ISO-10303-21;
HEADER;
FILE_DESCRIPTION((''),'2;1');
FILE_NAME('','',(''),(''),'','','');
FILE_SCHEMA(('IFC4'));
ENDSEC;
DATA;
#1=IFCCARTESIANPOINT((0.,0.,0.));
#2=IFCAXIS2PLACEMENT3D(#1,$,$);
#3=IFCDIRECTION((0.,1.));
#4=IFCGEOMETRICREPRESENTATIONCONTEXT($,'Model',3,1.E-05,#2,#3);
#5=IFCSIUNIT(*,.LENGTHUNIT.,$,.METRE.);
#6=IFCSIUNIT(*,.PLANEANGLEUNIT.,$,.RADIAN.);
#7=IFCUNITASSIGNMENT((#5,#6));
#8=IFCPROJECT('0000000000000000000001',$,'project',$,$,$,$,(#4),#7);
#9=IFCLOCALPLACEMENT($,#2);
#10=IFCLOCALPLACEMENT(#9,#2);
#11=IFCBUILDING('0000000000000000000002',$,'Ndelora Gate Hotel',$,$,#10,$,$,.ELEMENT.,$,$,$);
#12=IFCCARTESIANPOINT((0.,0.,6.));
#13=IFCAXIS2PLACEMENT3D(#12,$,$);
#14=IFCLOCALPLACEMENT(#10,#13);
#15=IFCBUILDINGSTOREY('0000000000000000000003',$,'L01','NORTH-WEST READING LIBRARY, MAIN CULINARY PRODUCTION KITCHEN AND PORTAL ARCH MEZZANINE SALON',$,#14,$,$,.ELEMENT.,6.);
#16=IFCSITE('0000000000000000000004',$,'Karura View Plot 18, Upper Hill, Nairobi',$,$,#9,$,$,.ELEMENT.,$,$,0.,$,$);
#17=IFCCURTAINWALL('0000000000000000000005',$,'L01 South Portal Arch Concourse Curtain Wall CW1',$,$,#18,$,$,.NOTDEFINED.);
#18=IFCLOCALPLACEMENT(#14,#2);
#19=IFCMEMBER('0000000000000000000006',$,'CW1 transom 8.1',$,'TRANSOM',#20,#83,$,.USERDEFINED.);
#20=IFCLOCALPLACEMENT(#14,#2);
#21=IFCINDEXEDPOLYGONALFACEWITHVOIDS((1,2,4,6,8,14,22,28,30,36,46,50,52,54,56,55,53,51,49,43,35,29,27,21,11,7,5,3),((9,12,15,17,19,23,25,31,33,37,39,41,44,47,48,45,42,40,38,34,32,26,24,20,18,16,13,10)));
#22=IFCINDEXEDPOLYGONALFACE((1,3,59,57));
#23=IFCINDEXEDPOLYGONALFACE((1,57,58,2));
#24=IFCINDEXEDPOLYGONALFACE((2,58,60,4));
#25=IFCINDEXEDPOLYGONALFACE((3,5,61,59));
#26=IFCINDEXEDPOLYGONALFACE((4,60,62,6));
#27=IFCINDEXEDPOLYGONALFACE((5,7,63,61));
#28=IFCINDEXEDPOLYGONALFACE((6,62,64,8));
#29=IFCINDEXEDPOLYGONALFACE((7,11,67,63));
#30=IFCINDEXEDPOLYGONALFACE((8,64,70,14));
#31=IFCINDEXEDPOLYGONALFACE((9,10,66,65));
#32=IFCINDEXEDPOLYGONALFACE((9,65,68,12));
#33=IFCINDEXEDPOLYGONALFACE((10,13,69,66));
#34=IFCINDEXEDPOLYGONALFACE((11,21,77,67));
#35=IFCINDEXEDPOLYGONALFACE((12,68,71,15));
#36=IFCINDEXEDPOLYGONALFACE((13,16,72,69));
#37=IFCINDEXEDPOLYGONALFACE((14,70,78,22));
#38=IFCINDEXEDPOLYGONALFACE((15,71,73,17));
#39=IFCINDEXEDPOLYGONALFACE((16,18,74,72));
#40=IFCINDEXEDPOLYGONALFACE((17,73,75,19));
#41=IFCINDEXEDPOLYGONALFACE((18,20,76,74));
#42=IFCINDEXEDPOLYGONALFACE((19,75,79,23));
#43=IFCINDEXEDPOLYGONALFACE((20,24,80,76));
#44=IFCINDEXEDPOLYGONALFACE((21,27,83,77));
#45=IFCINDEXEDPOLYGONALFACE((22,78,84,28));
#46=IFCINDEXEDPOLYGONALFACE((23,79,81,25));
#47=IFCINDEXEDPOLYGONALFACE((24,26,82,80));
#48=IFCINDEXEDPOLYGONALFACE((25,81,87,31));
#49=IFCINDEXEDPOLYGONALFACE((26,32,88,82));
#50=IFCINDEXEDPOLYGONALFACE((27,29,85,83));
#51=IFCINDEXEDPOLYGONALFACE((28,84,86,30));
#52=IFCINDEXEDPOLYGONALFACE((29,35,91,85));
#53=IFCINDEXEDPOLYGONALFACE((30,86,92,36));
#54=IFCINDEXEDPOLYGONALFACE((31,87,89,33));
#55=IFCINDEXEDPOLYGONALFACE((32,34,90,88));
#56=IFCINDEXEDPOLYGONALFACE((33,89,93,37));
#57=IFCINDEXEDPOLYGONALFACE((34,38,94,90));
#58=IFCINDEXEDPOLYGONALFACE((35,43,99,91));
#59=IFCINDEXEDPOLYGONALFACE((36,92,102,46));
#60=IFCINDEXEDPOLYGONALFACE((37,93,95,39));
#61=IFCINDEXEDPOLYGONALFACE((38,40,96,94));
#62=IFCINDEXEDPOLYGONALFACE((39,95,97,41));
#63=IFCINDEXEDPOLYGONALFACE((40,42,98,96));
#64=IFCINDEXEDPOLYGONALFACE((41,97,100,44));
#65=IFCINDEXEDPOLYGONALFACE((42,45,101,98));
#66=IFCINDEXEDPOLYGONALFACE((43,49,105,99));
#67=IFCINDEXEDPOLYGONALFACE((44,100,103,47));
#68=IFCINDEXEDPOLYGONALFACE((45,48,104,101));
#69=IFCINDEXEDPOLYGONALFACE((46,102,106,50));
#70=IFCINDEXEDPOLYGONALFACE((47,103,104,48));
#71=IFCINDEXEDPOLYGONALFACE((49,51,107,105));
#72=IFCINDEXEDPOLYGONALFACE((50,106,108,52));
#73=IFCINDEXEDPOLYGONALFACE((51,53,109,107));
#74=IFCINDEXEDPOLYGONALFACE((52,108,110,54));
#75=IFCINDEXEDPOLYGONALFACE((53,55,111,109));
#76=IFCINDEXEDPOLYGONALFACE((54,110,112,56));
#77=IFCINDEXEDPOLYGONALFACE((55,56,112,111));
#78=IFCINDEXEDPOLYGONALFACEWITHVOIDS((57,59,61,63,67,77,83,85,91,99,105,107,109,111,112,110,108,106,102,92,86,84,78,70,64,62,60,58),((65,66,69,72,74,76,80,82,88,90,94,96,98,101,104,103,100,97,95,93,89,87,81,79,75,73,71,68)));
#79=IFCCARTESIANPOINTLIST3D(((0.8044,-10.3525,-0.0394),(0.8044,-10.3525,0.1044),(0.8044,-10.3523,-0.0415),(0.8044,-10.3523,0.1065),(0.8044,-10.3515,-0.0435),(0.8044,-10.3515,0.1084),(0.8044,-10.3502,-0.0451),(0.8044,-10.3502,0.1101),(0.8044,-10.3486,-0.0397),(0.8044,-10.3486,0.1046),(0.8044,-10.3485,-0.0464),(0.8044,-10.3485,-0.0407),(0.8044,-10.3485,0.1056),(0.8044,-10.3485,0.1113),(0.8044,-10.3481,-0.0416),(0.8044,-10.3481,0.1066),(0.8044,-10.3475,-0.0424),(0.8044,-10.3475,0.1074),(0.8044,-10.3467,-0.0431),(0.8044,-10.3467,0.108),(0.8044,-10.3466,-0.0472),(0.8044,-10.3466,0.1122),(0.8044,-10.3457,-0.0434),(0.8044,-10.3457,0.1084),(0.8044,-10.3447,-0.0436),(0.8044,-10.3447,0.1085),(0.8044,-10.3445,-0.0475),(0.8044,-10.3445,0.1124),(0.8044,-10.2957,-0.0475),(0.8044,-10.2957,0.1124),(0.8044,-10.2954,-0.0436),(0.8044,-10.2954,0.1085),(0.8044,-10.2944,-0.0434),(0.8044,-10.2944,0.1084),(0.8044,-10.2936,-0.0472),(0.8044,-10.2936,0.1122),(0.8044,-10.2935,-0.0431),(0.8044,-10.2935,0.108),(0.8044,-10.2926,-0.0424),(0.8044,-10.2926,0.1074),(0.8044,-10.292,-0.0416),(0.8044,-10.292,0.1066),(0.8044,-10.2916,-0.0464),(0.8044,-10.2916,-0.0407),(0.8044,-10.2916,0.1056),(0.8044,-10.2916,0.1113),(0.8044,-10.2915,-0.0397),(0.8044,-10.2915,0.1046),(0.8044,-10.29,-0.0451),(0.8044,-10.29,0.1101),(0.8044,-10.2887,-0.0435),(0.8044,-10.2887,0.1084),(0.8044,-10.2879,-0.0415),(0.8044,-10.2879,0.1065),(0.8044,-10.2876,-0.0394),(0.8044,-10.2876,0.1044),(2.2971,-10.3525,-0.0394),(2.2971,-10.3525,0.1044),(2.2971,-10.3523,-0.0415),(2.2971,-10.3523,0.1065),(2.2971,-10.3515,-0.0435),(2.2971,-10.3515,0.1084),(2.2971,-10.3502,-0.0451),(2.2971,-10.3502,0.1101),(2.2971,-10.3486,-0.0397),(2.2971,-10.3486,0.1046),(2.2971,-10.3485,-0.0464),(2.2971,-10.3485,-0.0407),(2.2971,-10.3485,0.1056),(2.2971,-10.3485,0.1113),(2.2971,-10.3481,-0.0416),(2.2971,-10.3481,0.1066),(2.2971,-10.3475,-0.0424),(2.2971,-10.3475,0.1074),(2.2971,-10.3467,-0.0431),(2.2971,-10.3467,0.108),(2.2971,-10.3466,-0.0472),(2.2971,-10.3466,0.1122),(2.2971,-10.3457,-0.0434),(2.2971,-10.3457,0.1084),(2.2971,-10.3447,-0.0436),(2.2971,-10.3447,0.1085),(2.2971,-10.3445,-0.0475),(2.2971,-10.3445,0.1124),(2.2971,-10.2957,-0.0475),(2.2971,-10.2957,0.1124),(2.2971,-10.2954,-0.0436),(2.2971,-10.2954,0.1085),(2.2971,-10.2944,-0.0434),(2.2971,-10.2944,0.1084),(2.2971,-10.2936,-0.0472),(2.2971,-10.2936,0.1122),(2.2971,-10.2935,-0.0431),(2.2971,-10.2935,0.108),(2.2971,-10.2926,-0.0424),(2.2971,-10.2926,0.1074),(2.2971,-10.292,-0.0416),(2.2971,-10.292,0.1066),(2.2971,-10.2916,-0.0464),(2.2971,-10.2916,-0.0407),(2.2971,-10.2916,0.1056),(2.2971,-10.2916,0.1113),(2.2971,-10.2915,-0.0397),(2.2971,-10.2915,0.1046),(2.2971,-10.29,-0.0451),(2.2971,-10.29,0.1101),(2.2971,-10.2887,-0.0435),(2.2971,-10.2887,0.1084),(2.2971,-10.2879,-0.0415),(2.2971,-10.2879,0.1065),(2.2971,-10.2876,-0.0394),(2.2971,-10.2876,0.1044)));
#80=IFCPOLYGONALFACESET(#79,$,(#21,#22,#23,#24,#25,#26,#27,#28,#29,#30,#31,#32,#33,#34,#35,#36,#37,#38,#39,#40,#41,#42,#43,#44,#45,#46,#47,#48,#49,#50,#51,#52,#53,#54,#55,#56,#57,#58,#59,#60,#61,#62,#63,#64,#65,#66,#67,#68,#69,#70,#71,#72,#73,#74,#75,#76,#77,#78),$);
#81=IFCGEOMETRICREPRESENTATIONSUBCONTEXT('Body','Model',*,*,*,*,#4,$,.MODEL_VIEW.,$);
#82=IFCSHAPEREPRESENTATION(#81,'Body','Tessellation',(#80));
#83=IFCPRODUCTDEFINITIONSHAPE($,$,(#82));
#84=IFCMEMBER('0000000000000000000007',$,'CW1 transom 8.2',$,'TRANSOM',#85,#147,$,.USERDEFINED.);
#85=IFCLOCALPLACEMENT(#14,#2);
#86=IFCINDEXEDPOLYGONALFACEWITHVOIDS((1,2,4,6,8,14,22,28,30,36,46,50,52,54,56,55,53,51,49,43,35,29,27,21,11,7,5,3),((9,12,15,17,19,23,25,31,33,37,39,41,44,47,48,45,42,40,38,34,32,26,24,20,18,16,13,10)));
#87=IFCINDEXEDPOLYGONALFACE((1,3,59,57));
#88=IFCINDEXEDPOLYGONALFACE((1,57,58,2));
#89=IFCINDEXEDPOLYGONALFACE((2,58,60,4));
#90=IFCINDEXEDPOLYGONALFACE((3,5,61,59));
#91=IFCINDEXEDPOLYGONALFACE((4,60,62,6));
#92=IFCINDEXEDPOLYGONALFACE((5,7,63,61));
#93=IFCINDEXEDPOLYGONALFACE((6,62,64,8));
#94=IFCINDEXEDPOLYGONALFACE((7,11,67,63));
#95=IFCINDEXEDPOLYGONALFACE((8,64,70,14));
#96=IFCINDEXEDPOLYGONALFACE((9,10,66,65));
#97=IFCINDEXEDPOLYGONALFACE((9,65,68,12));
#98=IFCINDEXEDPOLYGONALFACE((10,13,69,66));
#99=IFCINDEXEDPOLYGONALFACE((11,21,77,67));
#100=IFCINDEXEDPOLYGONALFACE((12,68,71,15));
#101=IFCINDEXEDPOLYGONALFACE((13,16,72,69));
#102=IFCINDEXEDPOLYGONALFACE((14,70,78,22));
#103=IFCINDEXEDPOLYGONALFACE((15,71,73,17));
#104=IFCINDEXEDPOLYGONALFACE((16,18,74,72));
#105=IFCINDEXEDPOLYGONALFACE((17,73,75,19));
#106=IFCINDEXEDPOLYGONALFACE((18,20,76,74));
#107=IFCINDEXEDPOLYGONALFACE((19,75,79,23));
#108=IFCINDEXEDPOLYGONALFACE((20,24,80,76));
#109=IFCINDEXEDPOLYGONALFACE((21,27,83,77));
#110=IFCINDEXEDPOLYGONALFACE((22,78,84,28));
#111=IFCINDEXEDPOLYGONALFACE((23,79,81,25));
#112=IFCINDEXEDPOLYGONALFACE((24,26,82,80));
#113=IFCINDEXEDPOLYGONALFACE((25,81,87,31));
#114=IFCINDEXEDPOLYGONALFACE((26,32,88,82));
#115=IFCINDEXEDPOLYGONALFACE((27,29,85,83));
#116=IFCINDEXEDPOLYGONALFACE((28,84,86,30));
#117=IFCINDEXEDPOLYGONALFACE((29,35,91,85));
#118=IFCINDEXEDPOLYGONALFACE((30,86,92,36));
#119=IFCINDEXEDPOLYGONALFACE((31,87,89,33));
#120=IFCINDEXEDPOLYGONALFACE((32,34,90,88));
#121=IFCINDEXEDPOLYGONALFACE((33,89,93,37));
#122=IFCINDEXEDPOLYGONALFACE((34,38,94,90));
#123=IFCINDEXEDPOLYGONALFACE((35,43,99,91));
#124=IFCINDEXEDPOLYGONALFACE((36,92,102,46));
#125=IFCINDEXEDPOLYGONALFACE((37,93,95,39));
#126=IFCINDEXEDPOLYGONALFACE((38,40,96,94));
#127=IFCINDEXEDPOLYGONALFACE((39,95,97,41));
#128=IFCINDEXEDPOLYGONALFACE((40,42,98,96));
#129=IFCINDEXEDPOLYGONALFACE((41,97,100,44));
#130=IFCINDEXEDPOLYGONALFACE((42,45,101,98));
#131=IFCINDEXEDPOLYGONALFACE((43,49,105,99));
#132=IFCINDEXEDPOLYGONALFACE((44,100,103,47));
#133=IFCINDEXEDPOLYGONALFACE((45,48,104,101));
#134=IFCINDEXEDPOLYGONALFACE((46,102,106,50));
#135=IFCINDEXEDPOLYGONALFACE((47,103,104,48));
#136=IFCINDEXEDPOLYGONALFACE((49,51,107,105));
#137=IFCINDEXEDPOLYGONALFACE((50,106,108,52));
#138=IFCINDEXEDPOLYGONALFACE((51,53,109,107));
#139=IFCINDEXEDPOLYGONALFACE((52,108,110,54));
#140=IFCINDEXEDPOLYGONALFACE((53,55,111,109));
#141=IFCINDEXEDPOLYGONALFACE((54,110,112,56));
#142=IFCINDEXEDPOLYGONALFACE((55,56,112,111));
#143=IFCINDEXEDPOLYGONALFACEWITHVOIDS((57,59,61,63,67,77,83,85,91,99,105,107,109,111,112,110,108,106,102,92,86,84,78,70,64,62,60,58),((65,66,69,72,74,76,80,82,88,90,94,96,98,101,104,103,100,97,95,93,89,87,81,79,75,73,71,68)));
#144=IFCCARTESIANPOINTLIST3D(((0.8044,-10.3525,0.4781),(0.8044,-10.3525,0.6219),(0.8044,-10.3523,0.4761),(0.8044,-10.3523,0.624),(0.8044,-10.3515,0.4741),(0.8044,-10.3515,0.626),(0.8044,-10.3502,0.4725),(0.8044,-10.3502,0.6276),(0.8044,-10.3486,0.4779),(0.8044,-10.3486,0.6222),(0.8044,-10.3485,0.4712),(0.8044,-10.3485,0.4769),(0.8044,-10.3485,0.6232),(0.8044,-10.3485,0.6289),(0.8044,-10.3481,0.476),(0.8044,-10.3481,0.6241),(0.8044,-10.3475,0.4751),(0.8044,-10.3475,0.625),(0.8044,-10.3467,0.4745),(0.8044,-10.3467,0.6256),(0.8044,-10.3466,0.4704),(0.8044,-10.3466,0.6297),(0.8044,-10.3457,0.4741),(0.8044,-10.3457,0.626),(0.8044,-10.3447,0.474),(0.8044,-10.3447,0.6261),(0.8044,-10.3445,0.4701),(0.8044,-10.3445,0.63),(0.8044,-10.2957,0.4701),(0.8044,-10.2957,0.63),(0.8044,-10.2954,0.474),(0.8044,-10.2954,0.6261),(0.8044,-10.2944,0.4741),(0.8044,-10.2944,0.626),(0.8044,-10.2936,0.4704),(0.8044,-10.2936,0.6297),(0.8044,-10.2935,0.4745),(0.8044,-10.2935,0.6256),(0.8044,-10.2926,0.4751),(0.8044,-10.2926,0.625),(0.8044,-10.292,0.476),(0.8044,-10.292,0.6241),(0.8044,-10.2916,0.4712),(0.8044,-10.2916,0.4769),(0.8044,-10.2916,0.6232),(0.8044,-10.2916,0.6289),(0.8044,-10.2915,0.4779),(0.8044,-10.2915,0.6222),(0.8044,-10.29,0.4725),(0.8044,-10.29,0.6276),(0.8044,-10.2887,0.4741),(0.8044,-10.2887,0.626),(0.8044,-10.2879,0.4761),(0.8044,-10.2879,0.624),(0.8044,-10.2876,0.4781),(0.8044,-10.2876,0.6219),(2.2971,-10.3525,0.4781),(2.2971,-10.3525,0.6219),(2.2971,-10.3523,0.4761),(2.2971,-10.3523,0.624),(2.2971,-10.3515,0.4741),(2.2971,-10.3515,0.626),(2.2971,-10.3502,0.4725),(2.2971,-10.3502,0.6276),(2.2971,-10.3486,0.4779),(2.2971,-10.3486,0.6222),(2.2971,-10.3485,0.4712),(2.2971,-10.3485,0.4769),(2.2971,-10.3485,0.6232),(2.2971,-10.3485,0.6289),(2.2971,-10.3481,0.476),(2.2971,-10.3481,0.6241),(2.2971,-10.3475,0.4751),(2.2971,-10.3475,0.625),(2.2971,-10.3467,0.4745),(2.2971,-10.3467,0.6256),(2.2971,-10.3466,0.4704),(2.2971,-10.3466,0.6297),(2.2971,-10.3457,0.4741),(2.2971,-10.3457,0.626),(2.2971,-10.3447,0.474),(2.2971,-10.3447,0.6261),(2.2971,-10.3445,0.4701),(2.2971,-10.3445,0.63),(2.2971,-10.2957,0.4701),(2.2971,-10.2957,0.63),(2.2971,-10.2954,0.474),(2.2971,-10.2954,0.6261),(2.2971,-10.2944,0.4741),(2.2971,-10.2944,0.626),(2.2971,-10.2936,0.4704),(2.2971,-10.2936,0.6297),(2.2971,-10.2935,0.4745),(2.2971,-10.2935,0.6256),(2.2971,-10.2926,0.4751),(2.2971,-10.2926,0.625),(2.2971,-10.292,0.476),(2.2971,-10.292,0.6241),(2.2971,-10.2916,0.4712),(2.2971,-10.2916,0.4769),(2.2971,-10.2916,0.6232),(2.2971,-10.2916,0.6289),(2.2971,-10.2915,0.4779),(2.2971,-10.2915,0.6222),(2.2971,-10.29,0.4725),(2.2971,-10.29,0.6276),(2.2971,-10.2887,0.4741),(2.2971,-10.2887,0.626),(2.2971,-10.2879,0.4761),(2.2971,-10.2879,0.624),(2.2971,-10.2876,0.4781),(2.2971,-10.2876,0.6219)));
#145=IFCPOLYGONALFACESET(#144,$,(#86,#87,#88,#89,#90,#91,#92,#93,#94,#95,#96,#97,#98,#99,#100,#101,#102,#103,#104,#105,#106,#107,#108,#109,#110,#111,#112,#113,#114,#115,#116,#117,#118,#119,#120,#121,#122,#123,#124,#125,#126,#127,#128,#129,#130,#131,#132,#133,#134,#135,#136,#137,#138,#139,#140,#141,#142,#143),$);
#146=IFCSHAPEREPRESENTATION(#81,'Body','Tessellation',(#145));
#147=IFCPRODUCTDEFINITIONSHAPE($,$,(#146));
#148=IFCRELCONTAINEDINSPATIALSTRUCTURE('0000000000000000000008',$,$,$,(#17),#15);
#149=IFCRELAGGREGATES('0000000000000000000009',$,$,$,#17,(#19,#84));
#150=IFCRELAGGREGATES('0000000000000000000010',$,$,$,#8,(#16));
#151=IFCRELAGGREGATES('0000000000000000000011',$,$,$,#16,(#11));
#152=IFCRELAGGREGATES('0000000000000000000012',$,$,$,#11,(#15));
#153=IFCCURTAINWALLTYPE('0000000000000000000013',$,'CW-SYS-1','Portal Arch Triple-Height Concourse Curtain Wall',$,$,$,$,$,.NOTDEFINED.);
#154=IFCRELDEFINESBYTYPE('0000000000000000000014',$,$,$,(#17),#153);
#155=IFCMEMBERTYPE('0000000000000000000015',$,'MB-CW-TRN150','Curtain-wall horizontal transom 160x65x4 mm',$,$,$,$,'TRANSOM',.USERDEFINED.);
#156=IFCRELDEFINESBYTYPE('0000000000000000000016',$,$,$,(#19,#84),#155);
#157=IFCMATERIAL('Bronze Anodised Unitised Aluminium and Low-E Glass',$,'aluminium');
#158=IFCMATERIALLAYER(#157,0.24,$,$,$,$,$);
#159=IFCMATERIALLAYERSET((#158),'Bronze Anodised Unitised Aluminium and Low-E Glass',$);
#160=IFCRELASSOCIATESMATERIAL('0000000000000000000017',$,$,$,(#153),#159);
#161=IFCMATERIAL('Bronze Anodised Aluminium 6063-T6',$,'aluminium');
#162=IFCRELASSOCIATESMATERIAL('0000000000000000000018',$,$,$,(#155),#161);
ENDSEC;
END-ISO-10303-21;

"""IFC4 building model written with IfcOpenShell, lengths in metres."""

from ifc_helpers import new_model, si_unit, direction, frame, origin, origin_2d, place, context, subcontext, project, spatial, hollow_rectangle, extrude, material, layer, layer_set, material_profile, profile_set, type_object, element, aggregate, save


model = new_model("IFC4")

# Units and contexts
model_context = context("Model", 3, precision=1e-05, world=origin(), true_north=direction((0.0, 1.0)))
body_context = subcontext(model_context, "Body", "Model", "MODEL_VIEW")
ifc_project = project(units=[si_unit("LENGTHUNIT", "METRE"), si_unit("PLANEANGLEUNIT", "RADIAN")], contexts=[model_context])

# Site, building, storey
site_placement = place(None, origin())
site = spatial("IfcSite", under=ifc_project, at=site_placement, Name="Karura View Plot 18, Upper Hill, Nairobi", CompositionType="ELEMENT", RefElevation=0.0)
building_placement = place(site_placement, origin())
building = spatial("IfcBuilding", under=site, at=building_placement, Name="Ndelora Gate Hotel", CompositionType="ELEMENT")
storey_placement = place(building_placement, frame((0.0, 0.0, 6.0)))
storey = spatial("IfcBuildingStorey", under=building, at=storey_placement, Name="L01", Description="NORTH-WEST READING LIBRARY, MAIN CULINARY PRODUCTION KITCHEN AND PORTAL ARCH MEZZANINE SALON", CompositionType="ELEMENT", Elevation=6.0)

# Curtain wall, members
ifc_material_1 = material(Name="Bronze Anodised Unitised Aluminium and Low-E Glass", Category="aluminium")
ifc_layer_1 = layer(ifc_material_1, 0.24)
ifc_layer_set_1 = layer_set([ifc_layer_1], Name="Bronze Anodised Unitised Aluminium and Low-E Glass")
curtain_wall_type = type_object("IfcCurtainWallType", Name="CW-SYS-1", Description="Portal Arch Triple-Height Concourse Curtain Wall", PredefinedType="NOTDEFINED", material=ifc_layer_set_1)
curtain_wall_placement = place(storey_placement, origin())
curtain_wall = element("IfcCurtainWall", 1, at=curtain_wall_placement, inside=storey, type_object=curtain_wall_type, Name="L01 South Portal Arch Concourse Curtain Wall CW1", PredefinedType="NOTDEFINED")
ifc_material_2 = material(Name="Bronze Anodised Aluminium 6063-T6", Category="aluminium")
ifc_material_profile_1 = material_profile(ifc_material_2, hollow_rectangle(XDim=0.0649, YDim=0.1599, WallThickness=0.0039, InnerFilletRadius=0.0039, OuterFilletRadius=0.0081, at=origin_2d()), Name="ALU 160x65x4")
ifc_profile_set_1 = profile_set([ifc_material_profile_1], Name="Bronze Anodised Aluminium 6063-T6")
member_type_1 = type_object("IfcMemberType", Name="MB-CW-TRN150", Description="Curtain-wall horizontal transom 160x65x4 mm", ElementType="TRANSOM", PredefinedType="USERDEFINED", material=ifc_profile_set_1)
member_1_placement = place(storey_placement, frame((0.8044, -10.3201, 0.0325), z_axis=(1.0, 0.0, 0.0), x_axis=(0.0, 1.0, 0.0)))
member_1 = element("IfcMember", 2, at=member_1_placement, type_object=member_type_1, Name="CW1 transom 8.1", ObjectType="TRANSOM", PredefinedType="USERDEFINED", context=body_context, shape_type="SweptSolid", body=[
    extrude(hollow_rectangle(XDim=0.0649, YDim=0.1599, WallThickness=0.0039, InnerFilletRadius=0.0039, OuterFilletRadius=0.0081, at=origin_2d()), origin(), (0.0, 0.0, 1.0), 1.4927),
])
member_2_placement = place(storey_placement, frame((0.8044, -10.3201, 0.55), z_axis=(1.0, 0.0, 0.0), x_axis=(0.0, 1.0, 0.0)))
member_2 = element("IfcMember", 3, at=member_2_placement, type_object=member_type_1, Name="CW1 transom 8.2", ObjectType="TRANSOM", PredefinedType="USERDEFINED", context=body_context, shape_type="SweptSolid", body=[
    extrude(hollow_rectangle(XDim=0.0649, YDim=0.1599, WallThickness=0.0039, InnerFilletRadius=0.0039, OuterFilletRadius=0.0081, at=origin_2d()), origin(), (0.0, 0.0, 1.0), 1.4927),
])
aggregate(curtain_wall, [member_1, member_2])

save(model, "model.ifc")
